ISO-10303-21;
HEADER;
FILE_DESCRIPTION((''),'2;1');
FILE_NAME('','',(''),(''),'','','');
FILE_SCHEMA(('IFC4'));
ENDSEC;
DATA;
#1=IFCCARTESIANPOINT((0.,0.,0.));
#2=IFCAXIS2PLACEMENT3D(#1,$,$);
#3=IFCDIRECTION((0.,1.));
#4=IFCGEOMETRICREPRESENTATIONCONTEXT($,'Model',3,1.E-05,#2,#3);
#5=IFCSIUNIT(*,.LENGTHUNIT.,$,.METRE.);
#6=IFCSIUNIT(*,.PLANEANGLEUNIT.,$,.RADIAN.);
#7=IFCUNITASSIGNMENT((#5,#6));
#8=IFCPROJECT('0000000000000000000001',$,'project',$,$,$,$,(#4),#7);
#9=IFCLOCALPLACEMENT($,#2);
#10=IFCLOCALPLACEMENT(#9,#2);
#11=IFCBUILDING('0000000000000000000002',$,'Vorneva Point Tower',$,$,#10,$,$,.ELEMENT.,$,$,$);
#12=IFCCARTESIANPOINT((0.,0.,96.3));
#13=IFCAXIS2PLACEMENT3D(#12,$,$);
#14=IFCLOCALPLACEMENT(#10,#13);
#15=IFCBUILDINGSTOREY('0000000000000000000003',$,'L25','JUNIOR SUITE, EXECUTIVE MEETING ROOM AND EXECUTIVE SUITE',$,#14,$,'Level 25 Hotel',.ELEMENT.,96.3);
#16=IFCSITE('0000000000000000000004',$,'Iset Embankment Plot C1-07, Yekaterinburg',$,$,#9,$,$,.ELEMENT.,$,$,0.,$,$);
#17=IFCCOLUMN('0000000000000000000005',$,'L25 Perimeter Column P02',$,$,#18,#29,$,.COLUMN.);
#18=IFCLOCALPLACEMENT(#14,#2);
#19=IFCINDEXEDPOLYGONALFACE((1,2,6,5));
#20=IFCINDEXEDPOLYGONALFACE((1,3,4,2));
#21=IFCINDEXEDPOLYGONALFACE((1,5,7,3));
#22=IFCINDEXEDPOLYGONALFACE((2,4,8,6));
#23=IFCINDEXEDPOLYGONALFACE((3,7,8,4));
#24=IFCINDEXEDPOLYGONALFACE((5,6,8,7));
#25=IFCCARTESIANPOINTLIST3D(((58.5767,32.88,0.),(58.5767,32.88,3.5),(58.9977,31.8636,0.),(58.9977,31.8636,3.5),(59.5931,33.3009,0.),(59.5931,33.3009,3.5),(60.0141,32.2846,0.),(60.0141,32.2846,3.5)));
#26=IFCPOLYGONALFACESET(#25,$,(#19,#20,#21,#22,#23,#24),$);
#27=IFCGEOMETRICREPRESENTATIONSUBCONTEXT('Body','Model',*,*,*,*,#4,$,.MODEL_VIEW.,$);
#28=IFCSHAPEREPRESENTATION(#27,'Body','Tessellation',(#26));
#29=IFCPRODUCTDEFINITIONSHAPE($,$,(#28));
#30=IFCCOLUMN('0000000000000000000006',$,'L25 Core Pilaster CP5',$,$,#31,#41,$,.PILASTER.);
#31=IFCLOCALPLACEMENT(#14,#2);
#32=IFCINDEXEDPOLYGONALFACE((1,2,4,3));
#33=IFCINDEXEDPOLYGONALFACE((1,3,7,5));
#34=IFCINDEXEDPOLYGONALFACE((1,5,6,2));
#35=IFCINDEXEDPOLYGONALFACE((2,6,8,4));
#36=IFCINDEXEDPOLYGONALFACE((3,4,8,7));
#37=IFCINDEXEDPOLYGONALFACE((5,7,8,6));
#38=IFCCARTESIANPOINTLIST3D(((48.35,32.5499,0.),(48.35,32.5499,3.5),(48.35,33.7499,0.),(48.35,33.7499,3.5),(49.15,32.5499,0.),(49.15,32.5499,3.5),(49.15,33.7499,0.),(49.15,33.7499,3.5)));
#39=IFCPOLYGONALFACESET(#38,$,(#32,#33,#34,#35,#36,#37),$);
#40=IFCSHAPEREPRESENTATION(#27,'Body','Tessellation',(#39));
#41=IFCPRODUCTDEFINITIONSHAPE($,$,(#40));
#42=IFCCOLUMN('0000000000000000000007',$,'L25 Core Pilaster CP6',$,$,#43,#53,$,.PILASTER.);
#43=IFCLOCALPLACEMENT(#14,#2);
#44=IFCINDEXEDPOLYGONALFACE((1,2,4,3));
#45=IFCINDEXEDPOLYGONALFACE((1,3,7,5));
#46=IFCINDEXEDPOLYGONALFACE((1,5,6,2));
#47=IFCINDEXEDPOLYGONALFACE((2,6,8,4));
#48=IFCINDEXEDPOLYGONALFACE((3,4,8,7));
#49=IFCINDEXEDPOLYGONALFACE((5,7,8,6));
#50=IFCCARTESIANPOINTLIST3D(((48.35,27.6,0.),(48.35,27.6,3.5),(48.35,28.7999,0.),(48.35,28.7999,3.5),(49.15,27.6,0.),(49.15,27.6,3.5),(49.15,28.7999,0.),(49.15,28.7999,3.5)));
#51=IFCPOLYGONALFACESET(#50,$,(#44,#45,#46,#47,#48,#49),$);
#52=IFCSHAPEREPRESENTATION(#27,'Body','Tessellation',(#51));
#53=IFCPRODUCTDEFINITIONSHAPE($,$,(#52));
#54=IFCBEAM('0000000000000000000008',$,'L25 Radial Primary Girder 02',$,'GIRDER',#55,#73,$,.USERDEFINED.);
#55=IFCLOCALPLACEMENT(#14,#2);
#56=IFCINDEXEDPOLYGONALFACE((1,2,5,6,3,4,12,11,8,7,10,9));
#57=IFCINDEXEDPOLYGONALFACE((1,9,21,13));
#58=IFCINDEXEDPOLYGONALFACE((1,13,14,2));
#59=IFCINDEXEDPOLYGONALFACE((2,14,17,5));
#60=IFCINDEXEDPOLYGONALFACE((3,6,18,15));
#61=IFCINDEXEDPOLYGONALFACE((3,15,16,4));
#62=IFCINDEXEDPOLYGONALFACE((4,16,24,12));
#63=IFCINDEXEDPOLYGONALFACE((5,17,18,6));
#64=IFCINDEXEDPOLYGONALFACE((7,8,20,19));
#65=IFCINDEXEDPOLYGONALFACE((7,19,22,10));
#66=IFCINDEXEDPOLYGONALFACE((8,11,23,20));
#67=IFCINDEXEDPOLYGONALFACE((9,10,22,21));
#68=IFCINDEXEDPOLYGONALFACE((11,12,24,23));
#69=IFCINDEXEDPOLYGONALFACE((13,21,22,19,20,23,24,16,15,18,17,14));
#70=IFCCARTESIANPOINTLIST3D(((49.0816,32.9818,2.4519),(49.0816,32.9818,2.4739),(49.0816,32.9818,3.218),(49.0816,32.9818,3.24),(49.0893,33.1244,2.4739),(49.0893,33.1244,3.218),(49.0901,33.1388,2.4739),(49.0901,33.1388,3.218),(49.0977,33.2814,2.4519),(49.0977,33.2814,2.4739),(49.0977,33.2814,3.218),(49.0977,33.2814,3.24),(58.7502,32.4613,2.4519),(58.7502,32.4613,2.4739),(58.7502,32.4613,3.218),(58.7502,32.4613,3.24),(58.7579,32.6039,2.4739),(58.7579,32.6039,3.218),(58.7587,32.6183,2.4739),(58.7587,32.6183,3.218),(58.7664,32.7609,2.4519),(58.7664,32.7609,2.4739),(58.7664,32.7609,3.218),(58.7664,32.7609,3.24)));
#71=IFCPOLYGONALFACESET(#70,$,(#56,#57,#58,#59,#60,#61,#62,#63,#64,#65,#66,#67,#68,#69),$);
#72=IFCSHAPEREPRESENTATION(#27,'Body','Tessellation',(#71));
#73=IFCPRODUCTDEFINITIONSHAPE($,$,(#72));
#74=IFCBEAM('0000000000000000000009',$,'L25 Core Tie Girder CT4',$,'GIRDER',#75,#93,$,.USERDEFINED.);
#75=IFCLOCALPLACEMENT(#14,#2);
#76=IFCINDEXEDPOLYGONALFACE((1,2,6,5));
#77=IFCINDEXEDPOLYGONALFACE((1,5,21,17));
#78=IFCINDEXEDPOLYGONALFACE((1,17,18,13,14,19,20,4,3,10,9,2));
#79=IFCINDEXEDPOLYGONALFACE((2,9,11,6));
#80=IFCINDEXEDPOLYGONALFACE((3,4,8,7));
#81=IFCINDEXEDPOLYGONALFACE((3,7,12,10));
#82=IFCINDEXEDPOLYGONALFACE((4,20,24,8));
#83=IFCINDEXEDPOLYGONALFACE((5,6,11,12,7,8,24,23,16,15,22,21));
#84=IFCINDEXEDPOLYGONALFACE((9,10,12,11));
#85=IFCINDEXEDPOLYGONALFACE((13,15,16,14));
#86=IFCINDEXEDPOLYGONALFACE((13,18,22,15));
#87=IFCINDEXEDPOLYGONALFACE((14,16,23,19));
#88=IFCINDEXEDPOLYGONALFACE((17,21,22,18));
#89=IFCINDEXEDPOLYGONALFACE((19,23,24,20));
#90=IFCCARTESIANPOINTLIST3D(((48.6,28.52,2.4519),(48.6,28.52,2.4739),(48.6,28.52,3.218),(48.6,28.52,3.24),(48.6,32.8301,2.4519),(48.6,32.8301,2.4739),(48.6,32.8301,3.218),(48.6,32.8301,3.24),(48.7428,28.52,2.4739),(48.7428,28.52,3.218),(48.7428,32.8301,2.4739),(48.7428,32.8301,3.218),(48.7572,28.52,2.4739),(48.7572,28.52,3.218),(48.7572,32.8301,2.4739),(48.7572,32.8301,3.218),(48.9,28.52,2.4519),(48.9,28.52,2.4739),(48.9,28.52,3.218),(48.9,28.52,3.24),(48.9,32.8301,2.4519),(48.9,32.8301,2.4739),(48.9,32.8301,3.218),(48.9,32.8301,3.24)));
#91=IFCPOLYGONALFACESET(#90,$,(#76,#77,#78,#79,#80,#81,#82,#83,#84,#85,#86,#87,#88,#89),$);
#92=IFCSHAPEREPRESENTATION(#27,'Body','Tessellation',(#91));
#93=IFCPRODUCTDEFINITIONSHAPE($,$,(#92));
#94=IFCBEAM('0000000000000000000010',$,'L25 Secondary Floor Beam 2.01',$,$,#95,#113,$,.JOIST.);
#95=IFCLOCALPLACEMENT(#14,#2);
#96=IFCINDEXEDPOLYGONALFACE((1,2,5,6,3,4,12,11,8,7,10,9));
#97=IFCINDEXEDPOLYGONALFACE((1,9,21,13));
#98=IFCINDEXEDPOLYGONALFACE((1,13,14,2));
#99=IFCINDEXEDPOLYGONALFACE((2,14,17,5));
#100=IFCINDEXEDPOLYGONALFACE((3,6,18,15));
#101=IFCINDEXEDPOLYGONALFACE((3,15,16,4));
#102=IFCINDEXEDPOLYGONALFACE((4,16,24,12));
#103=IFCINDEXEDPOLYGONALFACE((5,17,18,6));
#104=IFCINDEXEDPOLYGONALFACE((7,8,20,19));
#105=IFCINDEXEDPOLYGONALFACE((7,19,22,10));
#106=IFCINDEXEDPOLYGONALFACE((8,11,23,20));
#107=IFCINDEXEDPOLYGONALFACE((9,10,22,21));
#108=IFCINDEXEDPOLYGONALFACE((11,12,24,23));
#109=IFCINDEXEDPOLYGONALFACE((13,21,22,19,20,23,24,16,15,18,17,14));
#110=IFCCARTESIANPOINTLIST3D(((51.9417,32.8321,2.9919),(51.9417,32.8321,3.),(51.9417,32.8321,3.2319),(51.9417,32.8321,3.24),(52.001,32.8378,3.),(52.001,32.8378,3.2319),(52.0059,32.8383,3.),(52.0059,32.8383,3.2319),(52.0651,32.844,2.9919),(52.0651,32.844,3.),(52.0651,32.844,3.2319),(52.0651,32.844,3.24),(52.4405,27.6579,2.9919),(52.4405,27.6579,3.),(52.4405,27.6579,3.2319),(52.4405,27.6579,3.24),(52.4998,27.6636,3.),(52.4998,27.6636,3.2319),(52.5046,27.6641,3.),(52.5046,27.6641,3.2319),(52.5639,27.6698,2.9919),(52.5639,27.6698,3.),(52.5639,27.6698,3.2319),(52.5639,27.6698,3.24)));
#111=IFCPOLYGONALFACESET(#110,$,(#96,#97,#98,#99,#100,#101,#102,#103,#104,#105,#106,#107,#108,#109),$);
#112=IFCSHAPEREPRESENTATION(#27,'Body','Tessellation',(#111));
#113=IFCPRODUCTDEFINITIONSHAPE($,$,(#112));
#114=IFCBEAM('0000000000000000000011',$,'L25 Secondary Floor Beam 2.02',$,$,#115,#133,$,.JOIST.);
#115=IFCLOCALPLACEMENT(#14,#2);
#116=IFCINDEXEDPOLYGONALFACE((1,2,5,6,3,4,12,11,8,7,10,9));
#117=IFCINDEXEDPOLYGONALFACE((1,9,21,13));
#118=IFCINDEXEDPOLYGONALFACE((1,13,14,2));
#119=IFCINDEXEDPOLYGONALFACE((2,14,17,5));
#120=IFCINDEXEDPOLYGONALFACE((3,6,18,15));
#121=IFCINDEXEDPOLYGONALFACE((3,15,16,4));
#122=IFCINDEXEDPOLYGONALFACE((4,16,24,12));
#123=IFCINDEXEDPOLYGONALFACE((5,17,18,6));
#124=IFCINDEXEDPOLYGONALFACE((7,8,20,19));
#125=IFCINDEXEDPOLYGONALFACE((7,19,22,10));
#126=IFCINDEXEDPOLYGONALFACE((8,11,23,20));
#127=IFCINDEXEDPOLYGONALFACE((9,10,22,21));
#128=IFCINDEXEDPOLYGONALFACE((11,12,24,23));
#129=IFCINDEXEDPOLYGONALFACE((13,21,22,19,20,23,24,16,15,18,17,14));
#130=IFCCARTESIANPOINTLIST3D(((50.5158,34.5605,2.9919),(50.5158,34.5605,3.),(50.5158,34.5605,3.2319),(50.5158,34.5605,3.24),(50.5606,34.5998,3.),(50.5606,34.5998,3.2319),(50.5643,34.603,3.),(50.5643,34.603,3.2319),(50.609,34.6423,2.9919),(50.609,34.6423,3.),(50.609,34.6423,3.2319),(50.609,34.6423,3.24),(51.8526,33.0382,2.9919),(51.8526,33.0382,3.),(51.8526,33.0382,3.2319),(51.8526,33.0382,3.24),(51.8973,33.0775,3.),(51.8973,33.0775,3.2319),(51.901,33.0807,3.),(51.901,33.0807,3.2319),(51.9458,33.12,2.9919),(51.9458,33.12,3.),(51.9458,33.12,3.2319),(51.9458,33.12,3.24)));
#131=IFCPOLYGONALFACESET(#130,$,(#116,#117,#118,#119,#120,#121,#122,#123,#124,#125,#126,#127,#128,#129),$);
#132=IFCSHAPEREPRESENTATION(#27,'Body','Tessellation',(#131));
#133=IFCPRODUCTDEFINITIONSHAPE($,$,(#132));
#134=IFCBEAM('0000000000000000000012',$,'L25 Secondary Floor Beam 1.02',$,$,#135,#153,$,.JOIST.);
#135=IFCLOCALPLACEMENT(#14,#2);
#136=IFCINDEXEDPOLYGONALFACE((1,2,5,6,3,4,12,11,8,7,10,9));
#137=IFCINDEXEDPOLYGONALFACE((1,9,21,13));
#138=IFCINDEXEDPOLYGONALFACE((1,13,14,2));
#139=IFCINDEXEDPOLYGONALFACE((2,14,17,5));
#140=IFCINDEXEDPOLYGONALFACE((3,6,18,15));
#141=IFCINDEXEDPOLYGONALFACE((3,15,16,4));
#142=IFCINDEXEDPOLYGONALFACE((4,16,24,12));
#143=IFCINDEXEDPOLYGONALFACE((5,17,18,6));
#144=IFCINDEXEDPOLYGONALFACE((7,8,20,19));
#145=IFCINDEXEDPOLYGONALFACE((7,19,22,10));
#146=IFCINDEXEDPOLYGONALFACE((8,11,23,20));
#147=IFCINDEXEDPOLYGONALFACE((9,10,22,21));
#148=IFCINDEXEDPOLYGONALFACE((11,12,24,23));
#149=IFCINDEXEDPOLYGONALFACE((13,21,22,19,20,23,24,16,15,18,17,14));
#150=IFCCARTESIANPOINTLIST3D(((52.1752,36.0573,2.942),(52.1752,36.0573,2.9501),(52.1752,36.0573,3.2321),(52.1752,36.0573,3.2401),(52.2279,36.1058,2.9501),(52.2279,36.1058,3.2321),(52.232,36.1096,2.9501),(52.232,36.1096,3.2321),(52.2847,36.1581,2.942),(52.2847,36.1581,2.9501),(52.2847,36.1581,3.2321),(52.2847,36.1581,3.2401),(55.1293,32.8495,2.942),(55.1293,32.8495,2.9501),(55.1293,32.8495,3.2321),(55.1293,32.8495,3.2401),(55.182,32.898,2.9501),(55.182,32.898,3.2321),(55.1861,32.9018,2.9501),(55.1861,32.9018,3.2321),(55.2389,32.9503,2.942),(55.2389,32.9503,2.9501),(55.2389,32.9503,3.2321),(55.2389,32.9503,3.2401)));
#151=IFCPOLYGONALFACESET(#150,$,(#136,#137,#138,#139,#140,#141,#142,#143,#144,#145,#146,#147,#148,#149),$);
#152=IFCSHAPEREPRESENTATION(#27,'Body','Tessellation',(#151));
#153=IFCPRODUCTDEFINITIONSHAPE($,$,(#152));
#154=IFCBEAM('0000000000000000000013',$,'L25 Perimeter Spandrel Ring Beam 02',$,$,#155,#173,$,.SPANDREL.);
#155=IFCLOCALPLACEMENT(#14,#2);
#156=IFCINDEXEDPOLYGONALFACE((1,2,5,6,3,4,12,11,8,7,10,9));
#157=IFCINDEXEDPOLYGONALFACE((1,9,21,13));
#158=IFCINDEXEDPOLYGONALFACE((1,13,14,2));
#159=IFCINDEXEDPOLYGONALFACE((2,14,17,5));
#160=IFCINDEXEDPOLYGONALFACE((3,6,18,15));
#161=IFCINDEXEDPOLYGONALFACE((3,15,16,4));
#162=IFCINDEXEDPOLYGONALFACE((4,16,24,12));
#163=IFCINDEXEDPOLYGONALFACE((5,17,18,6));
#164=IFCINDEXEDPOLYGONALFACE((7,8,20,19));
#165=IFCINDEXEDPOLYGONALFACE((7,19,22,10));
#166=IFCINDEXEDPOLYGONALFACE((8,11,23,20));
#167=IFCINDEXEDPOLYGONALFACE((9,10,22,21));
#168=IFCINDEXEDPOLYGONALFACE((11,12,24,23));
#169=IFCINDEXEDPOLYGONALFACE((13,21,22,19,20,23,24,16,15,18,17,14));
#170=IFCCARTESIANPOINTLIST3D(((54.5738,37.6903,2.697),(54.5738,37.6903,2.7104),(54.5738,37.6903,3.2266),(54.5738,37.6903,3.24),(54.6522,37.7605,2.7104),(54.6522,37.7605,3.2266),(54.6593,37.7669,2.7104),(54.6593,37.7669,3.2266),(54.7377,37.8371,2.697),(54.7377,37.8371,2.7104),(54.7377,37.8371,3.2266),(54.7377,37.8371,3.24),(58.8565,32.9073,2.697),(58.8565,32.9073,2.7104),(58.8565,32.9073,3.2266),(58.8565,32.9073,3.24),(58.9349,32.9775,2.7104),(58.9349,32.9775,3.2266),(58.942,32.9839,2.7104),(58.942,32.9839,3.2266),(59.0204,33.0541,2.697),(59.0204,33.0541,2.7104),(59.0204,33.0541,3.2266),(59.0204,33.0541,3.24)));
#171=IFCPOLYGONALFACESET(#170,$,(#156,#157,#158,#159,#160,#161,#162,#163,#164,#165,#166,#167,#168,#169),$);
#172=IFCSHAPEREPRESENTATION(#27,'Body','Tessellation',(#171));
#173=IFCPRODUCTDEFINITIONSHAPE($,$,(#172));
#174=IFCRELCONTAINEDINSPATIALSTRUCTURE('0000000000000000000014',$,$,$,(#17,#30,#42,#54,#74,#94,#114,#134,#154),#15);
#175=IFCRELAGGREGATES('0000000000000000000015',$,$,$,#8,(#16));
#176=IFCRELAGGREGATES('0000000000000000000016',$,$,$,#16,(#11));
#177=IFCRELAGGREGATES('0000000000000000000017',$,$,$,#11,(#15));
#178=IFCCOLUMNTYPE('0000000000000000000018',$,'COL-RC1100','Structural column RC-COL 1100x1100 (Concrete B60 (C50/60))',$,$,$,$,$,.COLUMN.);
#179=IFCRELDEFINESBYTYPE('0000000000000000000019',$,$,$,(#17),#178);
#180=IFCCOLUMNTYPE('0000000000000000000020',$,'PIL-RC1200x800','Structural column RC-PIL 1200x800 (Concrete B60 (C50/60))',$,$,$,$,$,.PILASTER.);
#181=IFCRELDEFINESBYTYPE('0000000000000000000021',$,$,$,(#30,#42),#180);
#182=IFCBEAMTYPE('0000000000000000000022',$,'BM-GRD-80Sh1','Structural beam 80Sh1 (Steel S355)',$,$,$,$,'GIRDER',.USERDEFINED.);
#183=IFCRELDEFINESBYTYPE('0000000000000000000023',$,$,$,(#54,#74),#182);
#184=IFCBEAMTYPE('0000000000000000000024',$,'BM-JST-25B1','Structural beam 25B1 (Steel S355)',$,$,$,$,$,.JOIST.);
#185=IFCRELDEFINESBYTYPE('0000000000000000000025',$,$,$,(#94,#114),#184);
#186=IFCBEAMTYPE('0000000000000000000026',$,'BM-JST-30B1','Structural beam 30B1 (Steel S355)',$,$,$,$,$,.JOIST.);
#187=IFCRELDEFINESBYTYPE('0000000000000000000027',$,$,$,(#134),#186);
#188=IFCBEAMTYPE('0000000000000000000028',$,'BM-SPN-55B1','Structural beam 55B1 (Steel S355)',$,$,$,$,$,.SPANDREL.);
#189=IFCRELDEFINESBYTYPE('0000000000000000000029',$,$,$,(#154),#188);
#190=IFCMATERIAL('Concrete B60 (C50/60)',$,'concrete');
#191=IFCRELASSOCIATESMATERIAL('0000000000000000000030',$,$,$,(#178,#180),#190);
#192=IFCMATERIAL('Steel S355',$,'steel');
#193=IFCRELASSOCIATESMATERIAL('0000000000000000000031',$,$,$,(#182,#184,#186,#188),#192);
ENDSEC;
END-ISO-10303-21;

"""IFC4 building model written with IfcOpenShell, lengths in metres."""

from ifc_helpers import new_model, si_unit, direction, frame, origin, origin_2d, place, context, subcontext, project, spatial, rectangle, i_section, extrude, material, material_profile, profile_set, type_object, element, save


model = new_model("IFC4")

# Units and contexts
model_context = context("Model", 3, precision=1e-05, world=origin(), true_north=direction((0.0, 1.0)))
body_context = subcontext(model_context, "Body", "Model", "MODEL_VIEW")
ifc_project = project(units=[si_unit("LENGTHUNIT", "METRE"), si_unit("PLANEANGLEUNIT", "RADIAN")], contexts=[model_context])

# Site, building, storey
site_placement = place(None, origin())
site = spatial("IfcSite", under=ifc_project, at=site_placement, Name="Iset Embankment Plot C1-07, Yekaterinburg", CompositionType="ELEMENT", RefElevation=0.0)
building_placement = place(site_placement, origin())
building = spatial("IfcBuilding", under=site, at=building_placement, Name="Vorneva Point Tower", CompositionType="ELEMENT")
storey_placement = place(building_placement, frame((0.0, 0.0, 96.3)))
storey = spatial("IfcBuildingStorey", under=building, at=storey_placement, Name="L25", Description="JUNIOR SUITE, EXECUTIVE MEETING ROOM AND EXECUTIVE SUITE", LongName="Level 25 Hotel", CompositionType="ELEMENT", Elevation=96.3)

# Columns
ifc_material_1 = material(Name="Concrete B60 (C50/60)", Category="concrete")
ifc_material_profile_1 = material_profile(ifc_material_1, rectangle(XDim=1.1001, YDim=1.1001, at=origin_2d()), Name="RC-COL 1100x1100")
ifc_profile_set_1 = profile_set([ifc_material_profile_1], Name="Concrete B60 (C50/60)")
column_type_1 = type_object("IfcColumnType", Name="COL-RC1100", Description="Structural column RC-COL 1100x1100 (Concrete B60 (C50/60))", PredefinedType="COLUMN", material=ifc_profile_set_1)
column_placement = place(storey_placement, frame((59.2954, 32.5823, 0.0), z_axis=(0.0, 0.0, 1.0), x_axis=(0.92388, 0.382683, 0.0)))
element("IfcColumn", 1, at=column_placement, inside=storey, type_object=column_type_1, Name="L25 Perimeter Column P02", PredefinedType="COLUMN", context=body_context, shape_type="SweptSolid", body=[
    extrude(rectangle(XDim=1.1001, YDim=1.1001, at=origin_2d()), origin(), (0.0, 0.0, 1.0), 3.5),
])
ifc_material_profile_2 = material_profile(ifc_material_1, rectangle(XDim=0.8, YDim=1.2, at=origin_2d()), Name="RC-PIL 1200x800")
ifc_profile_set_2 = profile_set([ifc_material_profile_2], Name="Concrete B60 (C50/60)")
column_type_2 = type_object("IfcColumnType", Name="PIL-RC1200x800", Description="Structural column RC-PIL 1200x800 (Concrete B60 (C50/60))", PredefinedType="PILASTER", material=ifc_profile_set_2)
for number, where, z_axis, x_axis, name in (
    (2, (48.75, 33.1499, 0.0), (0.0, 0.0, 1.0), (1.0, 0.0, 0.0), "L25 Core Pilaster CP5"),
    (3, (48.75, 28.2, 0.0), (0.0, 0.0, 1.0), (1.0, 0.0, 0.0), "L25 Core Pilaster CP6"),
):
    element("IfcColumn", number, at=place(storey_placement, frame(where, z_axis=z_axis, x_axis=x_axis)), inside=storey, type_object=column_type_2, Name=name, PredefinedType="PILASTER", context=body_context, shape_type="SweptSolid", body=[
        extrude(rectangle(XDim=0.8, YDim=1.2, at=origin_2d()), origin(), (0.0, 0.0, 1.0), 3.5),
    ])

# Beams
ifc_material_2 = material(Name="Steel S355", Category="steel")
ifc_material_profile_3 = material_profile(ifc_material_2, i_section(OverallWidth=0.3, OverallDepth=0.7881, WebThickness=0.0144, FlangeThickness=0.022, at=origin_2d()), Name="80Sh1")
ifc_profile_set_3 = profile_set([ifc_material_profile_3], Name="Steel S355")
beam_type_1 = type_object("IfcBeamType", Name="BM-GRD-80Sh1", Description="Structural beam 80Sh1 (Steel S355)", ElementType="GIRDER", PredefinedType="USERDEFINED", material=ifc_profile_set_3)
beam_1_placement = place(storey_placement, frame((58.7583, 32.6111, 2.8459), z_axis=(-0.998554, 0.053756, 0.0), x_axis=(-0.053756, -0.998554, 0.0)))
element("IfcBeam", 4, at=beam_1_placement, inside=storey, type_object=beam_type_1, Name="L25 Radial Primary Girder 02", ObjectType="GIRDER", PredefinedType="USERDEFINED", context=body_context, shape_type="SweptSolid", body=[
    extrude(i_section(OverallWidth=0.3, OverallDepth=0.7881, WebThickness=0.0144, FlangeThickness=0.022, at=origin_2d()), origin(), (0.0, 0.0, 1.0), 9.6826),
])
beam_2_placement = place(storey_placement, frame((48.75, 28.52, 2.8459), z_axis=(0.0, 1.0, 0.0), x_axis=(-1.0, 0.0, 0.0)))
element("IfcBeam", 5, at=beam_2_placement, inside=storey, type_object=beam_type_1, Name="L25 Core Tie Girder CT4", ObjectType="GIRDER", PredefinedType="USERDEFINED", context=body_context, shape_type="SweptSolid", body=[
    extrude(i_section(OverallWidth=0.3, OverallDepth=0.7881, WebThickness=0.0144, FlangeThickness=0.022, at=origin_2d()), origin(), (0.0, 0.0, 1.0), 4.3101),
])
ifc_material_profile_4 = material_profile(ifc_material_2, i_section(OverallWidth=0.124, OverallDepth=0.248, WebThickness=0.0049, FlangeThickness=0.0081, at=origin_2d()), Name="25B1")
ifc_profile_set_4 = profile_set([ifc_material_profile_4], Name="Steel S355")
beam_type_2 = type_object("IfcBeamType", Name="BM-JST-25B1", Description="Structural beam 25B1 (Steel S355)", PredefinedType="JOIST", material=ifc_profile_set_4)
beam_3_placement = place(storey_placement, frame((52.5022, 27.6638, 3.116), z_axis=(-0.09595, 0.995386, 0.0), x_axis=(-0.995386, -0.09595, 0.0)))
element("IfcBeam", 6, at=beam_3_placement, inside=storey, type_object=beam_type_2, Name="L25 Secondary Floor Beam 2.01", PredefinedType="JOIST", context=body_context, shape_type="SweptSolid", body=[
    extrude(i_section(OverallWidth=0.124, OverallDepth=0.248, WebThickness=0.0049, FlangeThickness=0.0081, at=origin_2d()), origin(), (0.0, 0.0, 1.0), 5.1982),
])
beam_4_placement = place(storey_placement, frame((51.8992, 33.0791, 3.116), z_axis=(-0.659826, 0.751418, 0.0), x_axis=(-0.751418, -0.659826, 0.0)))
element("IfcBeam", 7, at=beam_4_placement, inside=storey, type_object=beam_type_2, Name="L25 Secondary Floor Beam 2.02", PredefinedType="JOIST", context=body_context, shape_type="SweptSolid", body=[
    extrude(i_section(OverallWidth=0.124, OverallDepth=0.248, WebThickness=0.0049, FlangeThickness=0.0081, at=origin_2d()), origin(), (0.0, 0.0, 1.0), 2.0259),
])
ifc_material_profile_5 = material_profile(ifc_material_2, i_section(OverallWidth=0.1489, OverallDepth=0.2981, WebThickness=0.0056, FlangeThickness=0.0081, at=origin_2d()), Name="30B1")
ifc_profile_set_5 = profile_set([ifc_material_profile_5], Name="Steel S355")
beam_type_3 = type_object("IfcBeamType", Name="BM-JST-30B1", Description="Structural beam 30B1 (Steel S355)", PredefinedType="JOIST", material=ifc_profile_set_5)
beam_5_placement = place(storey_placement, frame((55.1841, 32.8999, 3.0911), z_axis=(-0.677424, 0.735593, 0.0), x_axis=(-0.735593, -0.677424, 0.0)))
element("IfcBeam", 8, at=beam_5_placement, inside=storey, type_object=beam_type_3, Name="L25 Secondary Floor Beam 1.02", PredefinedType="JOIST", context=body_context, shape_type="SweptSolid", body=[
    extrude(i_section(OverallWidth=0.1489, OverallDepth=0.2981, WebThickness=0.0056, FlangeThickness=0.0081, at=origin_2d()), origin(), (0.0, 0.0, 1.0), 4.3608),
])
ifc_material_profile_6 = material_profile(ifc_material_2, i_section(OverallWidth=0.22, OverallDepth=0.543, WebThickness=0.0095, FlangeThickness=0.0134, at=origin_2d()), Name="55B1")
ifc_profile_set_6 = profile_set([ifc_material_profile_6], Name="Steel S355")
beam_type_4 = type_object("IfcBeamType", Name="BM-SPN-55B1", Description="Structural beam 55B1 (Steel S355)", PredefinedType="SPANDREL", material=ifc_profile_set_6)
beam_6_placement = place(storey_placement, frame((58.9385, 32.9807, 2.9685), z_axis=(-0.667074, 0.744992, 0.0), x_axis=(-0.744992, -0.667074, 0.0)))
element("IfcBeam", 9, at=beam_6_placement, inside=storey, type_object=beam_type_4, Name="L25 Perimeter Spandrel Ring Beam 02", PredefinedType="SPANDREL", context=body_context, shape_type="SweptSolid", body=[
    extrude(i_section(OverallWidth=0.22, OverallDepth=0.543, WebThickness=0.0095, FlangeThickness=0.0134, at=origin_2d()), origin(), (0.0, 0.0, 1.0), 6.4202),
])

save(model, "model.ifc")
